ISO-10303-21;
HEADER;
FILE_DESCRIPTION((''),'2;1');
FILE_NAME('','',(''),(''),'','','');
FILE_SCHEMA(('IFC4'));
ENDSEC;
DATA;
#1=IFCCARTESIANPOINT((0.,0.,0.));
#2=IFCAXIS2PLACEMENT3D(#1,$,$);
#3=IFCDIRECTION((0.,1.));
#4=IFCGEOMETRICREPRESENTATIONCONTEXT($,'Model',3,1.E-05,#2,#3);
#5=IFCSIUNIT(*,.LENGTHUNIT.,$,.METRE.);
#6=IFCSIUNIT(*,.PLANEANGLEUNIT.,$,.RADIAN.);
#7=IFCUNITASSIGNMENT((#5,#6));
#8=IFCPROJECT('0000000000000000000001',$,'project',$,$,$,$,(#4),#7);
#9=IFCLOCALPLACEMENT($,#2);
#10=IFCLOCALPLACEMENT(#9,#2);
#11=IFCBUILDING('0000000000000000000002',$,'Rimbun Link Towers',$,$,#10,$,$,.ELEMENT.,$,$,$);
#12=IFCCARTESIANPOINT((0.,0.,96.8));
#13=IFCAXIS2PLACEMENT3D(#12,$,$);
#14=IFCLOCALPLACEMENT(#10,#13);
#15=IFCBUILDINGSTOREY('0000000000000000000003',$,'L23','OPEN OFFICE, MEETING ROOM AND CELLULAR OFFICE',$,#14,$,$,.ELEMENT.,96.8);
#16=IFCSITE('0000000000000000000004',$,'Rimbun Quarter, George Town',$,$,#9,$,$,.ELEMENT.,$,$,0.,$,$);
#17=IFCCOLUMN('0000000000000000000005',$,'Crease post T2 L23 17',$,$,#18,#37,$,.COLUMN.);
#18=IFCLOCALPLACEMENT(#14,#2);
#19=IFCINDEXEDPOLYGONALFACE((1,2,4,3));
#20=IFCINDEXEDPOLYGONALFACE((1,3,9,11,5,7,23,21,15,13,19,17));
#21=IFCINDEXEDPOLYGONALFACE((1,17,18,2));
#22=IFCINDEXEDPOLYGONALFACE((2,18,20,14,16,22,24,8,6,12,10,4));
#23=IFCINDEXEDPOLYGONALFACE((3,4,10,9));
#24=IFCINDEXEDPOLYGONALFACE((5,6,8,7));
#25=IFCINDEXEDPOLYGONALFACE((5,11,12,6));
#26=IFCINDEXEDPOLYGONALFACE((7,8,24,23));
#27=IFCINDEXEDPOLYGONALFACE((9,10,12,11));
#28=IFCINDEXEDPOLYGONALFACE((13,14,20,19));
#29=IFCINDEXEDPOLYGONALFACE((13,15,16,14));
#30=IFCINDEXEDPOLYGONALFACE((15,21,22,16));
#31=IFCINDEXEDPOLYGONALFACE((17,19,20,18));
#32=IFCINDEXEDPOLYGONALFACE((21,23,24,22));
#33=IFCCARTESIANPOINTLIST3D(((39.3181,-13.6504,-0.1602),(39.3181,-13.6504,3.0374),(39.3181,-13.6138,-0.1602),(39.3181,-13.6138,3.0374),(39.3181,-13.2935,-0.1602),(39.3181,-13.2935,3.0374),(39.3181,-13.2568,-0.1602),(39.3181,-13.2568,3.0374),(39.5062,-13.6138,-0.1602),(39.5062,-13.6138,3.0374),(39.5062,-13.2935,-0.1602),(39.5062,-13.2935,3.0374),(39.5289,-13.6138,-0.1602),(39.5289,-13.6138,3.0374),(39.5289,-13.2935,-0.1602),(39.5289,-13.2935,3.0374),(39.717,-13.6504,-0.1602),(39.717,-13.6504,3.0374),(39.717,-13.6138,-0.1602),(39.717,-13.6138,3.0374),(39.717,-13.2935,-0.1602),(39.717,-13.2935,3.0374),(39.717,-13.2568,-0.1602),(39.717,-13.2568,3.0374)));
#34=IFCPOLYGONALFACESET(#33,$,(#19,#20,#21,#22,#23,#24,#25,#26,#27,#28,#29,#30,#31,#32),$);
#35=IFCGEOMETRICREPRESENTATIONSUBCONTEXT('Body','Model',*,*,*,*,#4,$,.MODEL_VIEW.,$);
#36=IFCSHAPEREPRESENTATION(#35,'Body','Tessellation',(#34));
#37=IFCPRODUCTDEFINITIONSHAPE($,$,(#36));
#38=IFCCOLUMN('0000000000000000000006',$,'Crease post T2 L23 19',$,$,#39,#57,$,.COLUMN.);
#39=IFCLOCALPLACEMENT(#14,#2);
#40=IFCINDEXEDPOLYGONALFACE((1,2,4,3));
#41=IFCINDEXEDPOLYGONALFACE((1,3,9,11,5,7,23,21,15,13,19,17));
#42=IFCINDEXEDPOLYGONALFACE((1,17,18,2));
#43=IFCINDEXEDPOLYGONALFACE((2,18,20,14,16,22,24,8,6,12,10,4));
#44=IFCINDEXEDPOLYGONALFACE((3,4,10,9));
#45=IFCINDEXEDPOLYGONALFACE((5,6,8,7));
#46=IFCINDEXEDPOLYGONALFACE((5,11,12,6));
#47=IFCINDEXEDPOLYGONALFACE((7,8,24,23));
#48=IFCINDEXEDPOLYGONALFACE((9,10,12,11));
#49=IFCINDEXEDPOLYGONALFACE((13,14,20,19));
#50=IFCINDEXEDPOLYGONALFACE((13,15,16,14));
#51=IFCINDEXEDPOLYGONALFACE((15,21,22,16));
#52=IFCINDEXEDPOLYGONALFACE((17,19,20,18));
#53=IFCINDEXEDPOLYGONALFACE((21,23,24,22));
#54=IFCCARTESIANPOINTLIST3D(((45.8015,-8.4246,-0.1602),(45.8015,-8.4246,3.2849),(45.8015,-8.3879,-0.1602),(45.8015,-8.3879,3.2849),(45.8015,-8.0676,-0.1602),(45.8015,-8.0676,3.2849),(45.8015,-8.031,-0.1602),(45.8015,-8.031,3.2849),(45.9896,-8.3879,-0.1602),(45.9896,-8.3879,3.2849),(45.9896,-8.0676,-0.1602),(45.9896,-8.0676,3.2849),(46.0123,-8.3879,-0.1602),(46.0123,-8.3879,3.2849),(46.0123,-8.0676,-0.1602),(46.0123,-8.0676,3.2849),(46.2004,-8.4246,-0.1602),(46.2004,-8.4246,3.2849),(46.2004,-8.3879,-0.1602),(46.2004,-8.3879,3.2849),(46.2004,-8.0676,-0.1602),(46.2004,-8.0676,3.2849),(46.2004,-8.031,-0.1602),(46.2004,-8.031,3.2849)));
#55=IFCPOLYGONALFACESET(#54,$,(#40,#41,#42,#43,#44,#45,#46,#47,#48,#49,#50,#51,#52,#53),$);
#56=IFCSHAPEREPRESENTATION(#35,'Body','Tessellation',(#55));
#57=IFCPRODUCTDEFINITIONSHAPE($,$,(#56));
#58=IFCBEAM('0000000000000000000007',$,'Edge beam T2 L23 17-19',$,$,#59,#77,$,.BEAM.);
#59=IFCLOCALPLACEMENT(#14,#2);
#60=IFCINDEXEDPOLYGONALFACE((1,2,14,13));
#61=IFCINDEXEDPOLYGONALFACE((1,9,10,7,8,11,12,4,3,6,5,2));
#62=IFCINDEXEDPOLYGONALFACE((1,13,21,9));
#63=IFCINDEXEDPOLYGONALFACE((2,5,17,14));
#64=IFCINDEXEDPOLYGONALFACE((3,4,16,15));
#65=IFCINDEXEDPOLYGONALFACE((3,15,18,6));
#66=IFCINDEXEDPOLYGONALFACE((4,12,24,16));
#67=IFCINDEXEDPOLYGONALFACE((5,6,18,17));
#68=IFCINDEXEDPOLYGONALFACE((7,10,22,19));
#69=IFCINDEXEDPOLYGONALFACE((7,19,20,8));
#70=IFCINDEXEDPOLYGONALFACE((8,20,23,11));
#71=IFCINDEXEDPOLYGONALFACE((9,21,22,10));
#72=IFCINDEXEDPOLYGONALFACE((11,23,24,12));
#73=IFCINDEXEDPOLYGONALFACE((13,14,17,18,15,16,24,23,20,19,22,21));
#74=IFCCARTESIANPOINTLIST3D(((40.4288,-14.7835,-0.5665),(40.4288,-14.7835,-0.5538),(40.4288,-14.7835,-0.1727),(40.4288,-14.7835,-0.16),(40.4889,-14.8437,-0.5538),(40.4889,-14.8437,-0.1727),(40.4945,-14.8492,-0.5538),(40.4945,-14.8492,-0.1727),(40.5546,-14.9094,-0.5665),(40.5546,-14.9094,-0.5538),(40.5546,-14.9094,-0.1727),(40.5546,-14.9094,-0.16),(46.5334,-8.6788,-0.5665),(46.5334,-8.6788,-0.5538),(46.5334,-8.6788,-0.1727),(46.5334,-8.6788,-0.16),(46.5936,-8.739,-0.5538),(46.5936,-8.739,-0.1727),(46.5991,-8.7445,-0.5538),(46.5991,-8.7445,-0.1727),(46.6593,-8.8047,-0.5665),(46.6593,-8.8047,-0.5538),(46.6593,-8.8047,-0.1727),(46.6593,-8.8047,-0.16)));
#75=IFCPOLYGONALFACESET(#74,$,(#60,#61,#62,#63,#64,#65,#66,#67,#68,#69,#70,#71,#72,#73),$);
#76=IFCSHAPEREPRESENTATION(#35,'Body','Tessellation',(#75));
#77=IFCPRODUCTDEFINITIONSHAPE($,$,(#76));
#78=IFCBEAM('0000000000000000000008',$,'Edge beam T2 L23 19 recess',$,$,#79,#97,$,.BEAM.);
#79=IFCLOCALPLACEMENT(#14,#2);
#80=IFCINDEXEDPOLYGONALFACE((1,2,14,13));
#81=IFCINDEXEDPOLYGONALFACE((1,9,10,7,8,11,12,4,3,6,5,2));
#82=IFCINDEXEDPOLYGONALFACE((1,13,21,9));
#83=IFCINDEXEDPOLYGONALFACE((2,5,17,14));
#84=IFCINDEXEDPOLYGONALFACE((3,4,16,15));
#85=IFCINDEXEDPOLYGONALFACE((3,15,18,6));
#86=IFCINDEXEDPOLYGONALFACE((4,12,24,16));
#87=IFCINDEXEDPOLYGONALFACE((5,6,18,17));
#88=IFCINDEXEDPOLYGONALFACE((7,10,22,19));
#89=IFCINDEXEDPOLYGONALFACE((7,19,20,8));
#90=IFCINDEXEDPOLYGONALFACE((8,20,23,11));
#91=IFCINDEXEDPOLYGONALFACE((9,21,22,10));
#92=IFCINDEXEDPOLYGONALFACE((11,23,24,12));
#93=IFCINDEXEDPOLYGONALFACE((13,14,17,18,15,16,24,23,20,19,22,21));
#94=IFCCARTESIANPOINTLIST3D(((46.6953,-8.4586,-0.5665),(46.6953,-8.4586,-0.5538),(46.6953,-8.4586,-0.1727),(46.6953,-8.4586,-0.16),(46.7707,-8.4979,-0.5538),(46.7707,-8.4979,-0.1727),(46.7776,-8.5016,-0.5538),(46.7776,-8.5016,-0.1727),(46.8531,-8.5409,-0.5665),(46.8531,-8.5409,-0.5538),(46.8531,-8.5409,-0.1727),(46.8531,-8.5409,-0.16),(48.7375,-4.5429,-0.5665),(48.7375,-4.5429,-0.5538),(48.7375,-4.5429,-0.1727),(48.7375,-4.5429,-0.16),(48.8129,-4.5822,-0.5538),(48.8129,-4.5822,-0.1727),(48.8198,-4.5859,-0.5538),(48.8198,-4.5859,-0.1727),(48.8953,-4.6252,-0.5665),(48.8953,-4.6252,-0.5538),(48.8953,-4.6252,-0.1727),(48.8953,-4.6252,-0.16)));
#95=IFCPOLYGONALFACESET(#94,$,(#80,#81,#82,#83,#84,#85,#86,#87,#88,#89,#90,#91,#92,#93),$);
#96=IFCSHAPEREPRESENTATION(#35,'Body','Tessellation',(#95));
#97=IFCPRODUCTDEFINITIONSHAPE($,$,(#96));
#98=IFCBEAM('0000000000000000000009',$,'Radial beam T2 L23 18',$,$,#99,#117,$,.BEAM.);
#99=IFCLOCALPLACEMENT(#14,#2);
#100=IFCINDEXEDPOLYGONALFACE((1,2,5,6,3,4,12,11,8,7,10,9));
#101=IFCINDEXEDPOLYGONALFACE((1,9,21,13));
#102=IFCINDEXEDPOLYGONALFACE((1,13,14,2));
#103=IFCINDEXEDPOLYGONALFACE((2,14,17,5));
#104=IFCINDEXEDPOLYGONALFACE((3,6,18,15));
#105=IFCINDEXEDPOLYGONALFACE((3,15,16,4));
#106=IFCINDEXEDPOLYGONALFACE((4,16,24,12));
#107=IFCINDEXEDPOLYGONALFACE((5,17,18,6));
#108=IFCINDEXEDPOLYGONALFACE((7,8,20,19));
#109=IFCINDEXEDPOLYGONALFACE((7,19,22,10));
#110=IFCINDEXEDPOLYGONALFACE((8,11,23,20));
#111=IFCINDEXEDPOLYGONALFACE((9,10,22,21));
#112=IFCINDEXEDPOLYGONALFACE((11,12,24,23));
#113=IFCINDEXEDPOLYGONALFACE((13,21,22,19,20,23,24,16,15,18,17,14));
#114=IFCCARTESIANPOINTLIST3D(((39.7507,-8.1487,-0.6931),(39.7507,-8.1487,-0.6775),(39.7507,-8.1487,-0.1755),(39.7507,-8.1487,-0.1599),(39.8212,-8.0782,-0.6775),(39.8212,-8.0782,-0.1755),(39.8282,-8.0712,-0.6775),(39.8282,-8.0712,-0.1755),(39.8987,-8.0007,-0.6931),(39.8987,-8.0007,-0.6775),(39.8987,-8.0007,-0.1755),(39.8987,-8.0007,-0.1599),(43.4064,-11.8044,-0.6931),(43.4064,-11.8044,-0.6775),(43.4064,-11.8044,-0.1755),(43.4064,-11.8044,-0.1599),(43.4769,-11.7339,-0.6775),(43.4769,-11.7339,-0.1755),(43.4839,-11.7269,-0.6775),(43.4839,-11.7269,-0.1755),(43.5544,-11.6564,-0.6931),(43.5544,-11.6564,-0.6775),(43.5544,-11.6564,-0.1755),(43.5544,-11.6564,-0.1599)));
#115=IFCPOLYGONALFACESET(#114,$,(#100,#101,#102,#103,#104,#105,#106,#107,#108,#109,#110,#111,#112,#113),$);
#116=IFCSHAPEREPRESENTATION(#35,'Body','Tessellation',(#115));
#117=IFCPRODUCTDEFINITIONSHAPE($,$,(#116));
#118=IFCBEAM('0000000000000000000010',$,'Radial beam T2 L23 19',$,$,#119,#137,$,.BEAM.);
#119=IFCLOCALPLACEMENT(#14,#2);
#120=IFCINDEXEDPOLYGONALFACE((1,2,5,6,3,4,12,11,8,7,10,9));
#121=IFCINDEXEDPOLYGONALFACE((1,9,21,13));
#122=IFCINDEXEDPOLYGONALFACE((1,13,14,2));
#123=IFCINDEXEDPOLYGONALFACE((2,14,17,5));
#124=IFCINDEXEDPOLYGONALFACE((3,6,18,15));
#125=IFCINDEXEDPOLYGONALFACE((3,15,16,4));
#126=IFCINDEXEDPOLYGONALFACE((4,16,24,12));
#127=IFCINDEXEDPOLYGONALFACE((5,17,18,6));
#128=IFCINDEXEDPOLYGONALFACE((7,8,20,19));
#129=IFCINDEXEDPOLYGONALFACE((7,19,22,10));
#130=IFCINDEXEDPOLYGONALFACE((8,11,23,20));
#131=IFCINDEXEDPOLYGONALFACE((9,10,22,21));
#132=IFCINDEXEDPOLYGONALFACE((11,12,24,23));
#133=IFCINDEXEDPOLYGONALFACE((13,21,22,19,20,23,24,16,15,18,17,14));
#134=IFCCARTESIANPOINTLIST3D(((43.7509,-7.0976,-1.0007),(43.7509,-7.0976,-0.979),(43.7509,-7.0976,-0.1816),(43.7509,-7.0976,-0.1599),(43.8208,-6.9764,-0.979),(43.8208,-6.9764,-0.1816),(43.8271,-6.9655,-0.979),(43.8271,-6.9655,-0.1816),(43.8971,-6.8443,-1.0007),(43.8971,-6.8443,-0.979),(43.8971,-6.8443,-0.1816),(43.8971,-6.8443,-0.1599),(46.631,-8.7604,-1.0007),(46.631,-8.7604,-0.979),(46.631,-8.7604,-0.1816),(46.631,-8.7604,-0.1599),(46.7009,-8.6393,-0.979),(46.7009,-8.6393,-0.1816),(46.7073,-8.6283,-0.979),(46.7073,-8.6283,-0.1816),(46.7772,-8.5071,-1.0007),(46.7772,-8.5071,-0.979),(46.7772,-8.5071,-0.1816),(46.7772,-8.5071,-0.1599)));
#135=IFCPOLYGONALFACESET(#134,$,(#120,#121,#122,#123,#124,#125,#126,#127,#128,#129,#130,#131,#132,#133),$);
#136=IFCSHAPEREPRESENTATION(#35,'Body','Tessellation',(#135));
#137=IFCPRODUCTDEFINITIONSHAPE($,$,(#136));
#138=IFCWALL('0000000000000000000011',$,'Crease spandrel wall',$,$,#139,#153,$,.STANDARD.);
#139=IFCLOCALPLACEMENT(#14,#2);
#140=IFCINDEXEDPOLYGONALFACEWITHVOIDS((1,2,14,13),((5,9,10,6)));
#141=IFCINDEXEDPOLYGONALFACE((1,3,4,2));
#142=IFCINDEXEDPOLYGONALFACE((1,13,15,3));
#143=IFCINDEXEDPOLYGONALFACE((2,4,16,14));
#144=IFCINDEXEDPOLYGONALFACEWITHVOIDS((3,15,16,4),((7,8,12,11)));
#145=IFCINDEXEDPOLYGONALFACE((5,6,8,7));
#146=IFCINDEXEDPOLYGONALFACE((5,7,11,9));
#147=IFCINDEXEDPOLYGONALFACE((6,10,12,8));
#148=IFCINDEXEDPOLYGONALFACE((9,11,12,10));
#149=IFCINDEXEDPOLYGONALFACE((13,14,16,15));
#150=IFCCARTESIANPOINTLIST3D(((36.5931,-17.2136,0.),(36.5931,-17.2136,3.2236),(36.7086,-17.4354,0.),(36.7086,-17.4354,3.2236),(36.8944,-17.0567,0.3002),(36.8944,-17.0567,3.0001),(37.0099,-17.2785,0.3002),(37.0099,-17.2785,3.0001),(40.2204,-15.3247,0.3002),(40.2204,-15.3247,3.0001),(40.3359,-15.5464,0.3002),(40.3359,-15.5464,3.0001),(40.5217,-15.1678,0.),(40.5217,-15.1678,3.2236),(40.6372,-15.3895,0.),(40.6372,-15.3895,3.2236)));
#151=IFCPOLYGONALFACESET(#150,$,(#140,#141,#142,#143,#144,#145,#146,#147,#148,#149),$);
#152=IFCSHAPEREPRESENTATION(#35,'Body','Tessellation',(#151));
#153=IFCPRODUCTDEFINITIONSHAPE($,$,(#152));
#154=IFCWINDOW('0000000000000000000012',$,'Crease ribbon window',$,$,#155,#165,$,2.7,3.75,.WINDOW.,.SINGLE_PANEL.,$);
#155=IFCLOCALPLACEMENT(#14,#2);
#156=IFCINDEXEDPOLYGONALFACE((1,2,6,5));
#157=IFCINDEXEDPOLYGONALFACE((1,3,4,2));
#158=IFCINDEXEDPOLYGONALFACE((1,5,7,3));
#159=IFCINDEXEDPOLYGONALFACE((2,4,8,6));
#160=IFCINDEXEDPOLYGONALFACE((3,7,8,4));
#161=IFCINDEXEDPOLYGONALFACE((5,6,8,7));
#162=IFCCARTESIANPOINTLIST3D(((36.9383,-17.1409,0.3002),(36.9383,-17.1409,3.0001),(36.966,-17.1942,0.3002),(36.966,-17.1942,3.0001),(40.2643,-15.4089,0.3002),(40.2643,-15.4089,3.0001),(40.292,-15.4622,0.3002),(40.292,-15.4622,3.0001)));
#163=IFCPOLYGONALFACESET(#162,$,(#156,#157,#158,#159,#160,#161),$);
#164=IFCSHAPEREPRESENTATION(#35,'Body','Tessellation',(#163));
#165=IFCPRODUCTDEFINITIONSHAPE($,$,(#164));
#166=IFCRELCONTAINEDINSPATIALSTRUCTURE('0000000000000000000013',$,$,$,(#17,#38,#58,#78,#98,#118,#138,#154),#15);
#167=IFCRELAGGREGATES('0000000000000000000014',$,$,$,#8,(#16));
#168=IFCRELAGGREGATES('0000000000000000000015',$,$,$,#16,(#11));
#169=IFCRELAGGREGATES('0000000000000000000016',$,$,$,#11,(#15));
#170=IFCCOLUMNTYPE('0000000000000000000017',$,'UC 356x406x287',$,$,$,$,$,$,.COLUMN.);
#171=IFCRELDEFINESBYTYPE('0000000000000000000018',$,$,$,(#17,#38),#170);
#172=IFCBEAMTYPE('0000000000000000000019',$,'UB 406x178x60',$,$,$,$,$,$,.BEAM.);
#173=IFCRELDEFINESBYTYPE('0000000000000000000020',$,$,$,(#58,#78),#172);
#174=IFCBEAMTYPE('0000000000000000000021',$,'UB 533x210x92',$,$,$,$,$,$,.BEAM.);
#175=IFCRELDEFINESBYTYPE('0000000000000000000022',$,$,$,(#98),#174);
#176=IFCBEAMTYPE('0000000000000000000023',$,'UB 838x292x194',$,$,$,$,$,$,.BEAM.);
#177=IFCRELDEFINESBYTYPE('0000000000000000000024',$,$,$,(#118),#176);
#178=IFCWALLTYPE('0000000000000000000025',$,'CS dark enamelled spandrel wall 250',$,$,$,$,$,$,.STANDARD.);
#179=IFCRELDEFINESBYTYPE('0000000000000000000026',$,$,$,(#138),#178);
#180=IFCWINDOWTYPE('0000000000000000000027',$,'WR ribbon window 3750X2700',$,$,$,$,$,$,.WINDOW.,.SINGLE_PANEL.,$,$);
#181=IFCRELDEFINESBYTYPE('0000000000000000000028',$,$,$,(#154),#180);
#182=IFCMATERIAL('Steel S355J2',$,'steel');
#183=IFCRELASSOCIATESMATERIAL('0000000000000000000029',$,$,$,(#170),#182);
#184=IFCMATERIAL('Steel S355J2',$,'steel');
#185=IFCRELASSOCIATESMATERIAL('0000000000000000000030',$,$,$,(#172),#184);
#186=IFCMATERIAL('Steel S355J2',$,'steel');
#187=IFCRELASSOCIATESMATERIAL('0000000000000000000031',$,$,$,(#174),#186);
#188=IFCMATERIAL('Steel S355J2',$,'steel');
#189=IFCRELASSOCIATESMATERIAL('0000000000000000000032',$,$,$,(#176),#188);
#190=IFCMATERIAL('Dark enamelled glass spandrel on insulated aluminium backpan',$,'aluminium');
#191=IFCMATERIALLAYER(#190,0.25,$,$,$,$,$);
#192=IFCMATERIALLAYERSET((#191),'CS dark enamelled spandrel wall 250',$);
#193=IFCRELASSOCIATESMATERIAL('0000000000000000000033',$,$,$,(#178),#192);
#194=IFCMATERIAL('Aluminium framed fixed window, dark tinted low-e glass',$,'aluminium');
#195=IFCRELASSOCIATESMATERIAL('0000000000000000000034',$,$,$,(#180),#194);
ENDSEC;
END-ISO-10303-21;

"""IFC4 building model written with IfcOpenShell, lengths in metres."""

from ifc_helpers import new_model, si_unit, direction, frame, frame_2d, origin, origin_2d, place, context, subcontext, project, spatial, rectangle, i_section, extrude, material, layer, layer_set, material_profile, profile_set, type_object, element, fill, save


model = new_model("IFC4")

# Units and contexts
model_context = context("Model", 3, precision=1e-05, world=origin(), true_north=direction((0.0, 1.0)))
body_context = subcontext(model_context, "Body", "Model", "MODEL_VIEW")
ifc_project = project(units=[si_unit("LENGTHUNIT", "METRE"), si_unit("PLANEANGLEUNIT", "RADIAN")], contexts=[model_context])

# Site, building, storey
site_placement = place(None, origin())
site = spatial("IfcSite", under=ifc_project, at=site_placement, Name="Rimbun Quarter, George Town", CompositionType="ELEMENT", RefElevation=0.0)
building_placement = place(site_placement, origin())
building = spatial("IfcBuilding", under=site, at=building_placement, Name="Rimbun Link Towers", CompositionType="ELEMENT")
storey_placement = place(building_placement, frame((0.0, 0.0, 96.8)))
storey = spatial("IfcBuildingStorey", under=building, at=storey_placement, Name="L23", Description="OPEN OFFICE, MEETING ROOM AND CELLULAR OFFICE", CompositionType="ELEMENT", Elevation=96.8)

# Columns
ifc_material_1 = material(Name="Steel S355J2", Category="steel")
ifc_material_profile_1 = material_profile(ifc_material_1, i_section(OverallWidth=0.3989, OverallDepth=0.3936, WebThickness=0.0227, FlangeThickness=0.0366, at=origin_2d()), Name="UC 356x406x287")
ifc_profile_set_1 = profile_set([ifc_material_profile_1], Name="Steel S355J2")
column_type = type_object("IfcColumnType", Name="UC 356x406x287", PredefinedType="COLUMN", material=ifc_profile_set_1)
column_1_placement = place(storey_placement, frame((39.5176, -13.4536, -0.1602), z_axis=(0.0, 0.0, 1.0), x_axis=(1.0, 0.0, 0.0)))
element("IfcColumn", 1, at=column_1_placement, inside=storey, type_object=column_type, Name="Crease post T2 L23 17", PredefinedType="COLUMN", context=body_context, shape_type="SweptSolid", body=[
    extrude(i_section(OverallWidth=0.3989, OverallDepth=0.3936, WebThickness=0.0227, FlangeThickness=0.0366, at=origin_2d()), origin(), (0.0, 0.0, 1.0), 3.1975),
])
column_2_placement = place(storey_placement, frame((46.001, -8.2278, -0.1602), z_axis=(0.0, 0.0, 1.0), x_axis=(1.0, 0.0, 0.0)))
element("IfcColumn", 2, at=column_2_placement, inside=storey, type_object=column_type, Name="Crease post T2 L23 19", PredefinedType="COLUMN", context=body_context, shape_type="SweptSolid", body=[
    extrude(i_section(OverallWidth=0.3989, OverallDepth=0.3936, WebThickness=0.0227, FlangeThickness=0.0366, at=origin_2d()), origin(), (0.0, 0.0, 1.0), 3.4451),
])

# Beams
ifc_material_2 = material(Name="Steel S355J2", Category="steel")
ifc_material_profile_2 = material_profile(ifc_material_2, i_section(OverallWidth=0.178, OverallDepth=0.4065, WebThickness=0.0078, FlangeThickness=0.0127, at=origin_2d()), Name="UB 406x178x60")
ifc_profile_set_2 = profile_set([ifc_material_profile_2], Name="Steel S355J2")
beam_type_1 = type_object("IfcBeamType", Name="UB 406x178x60", PredefinedType="BEAM", material=ifc_profile_set_2)
beam_1_placement = place(storey_placement, frame((40.4917, -14.8464, -0.3633), z_axis=(0.707107, 0.707107, 0.0), x_axis=(-0.707107, 0.707107, 0.0)))
element("IfcBeam", 3, at=beam_1_placement, inside=storey, type_object=beam_type_1, Name="Edge beam T2 L23 17-19", PredefinedType="BEAM", context=body_context, shape_type="SweptSolid", body=[
    extrude(i_section(OverallWidth=0.178, OverallDepth=0.4065, WebThickness=0.0078, FlangeThickness=0.0127, at=origin_2d()), origin(), (0.0, 0.0, 1.0), 8.6333),
])
beam_2_placement = place(storey_placement, frame((46.7742, -8.4998, -0.3633), z_axis=(0.462428, 0.886657, 0.0), x_axis=(-0.886657, 0.462428, 0.0)))
element("IfcBeam", 4, at=beam_2_placement, inside=storey, type_object=beam_type_1, Name="Edge beam T2 L23 19 recess", PredefinedType="BEAM", context=body_context, shape_type="SweptSolid", body=[
    extrude(i_section(OverallWidth=0.178, OverallDepth=0.4065, WebThickness=0.0078, FlangeThickness=0.0127, at=origin_2d()), origin(), (0.0, 0.0, 1.0), 4.4163),
])
ifc_material_3 = material(Name="Steel S355J2", Category="steel")
ifc_material_profile_3 = material_profile(ifc_material_3, i_section(OverallWidth=0.2092, OverallDepth=0.5332, WebThickness=0.01, FlangeThickness=0.0156, at=origin_2d()), Name="UB 533x210x92")
ifc_profile_set_3 = profile_set([ifc_material_profile_3], Name="Steel S355J2")
beam_type_2 = type_object("IfcBeamType", Name="UB 533x210x92", PredefinedType="BEAM", material=ifc_profile_set_3)
beam_3_placement = place(storey_placement, frame((39.8247, -8.0747, -0.4265), z_axis=(0.707107, -0.707107, 0.0), x_axis=(0.707107, 0.707107, 0.0)))
element("IfcBeam", 5, at=beam_3_placement, inside=storey, type_object=beam_type_2, Name="Radial beam T2 L23 18", PredefinedType="BEAM", context=body_context, shape_type="SweptSolid", body=[
    extrude(i_section(OverallWidth=0.2092, OverallDepth=0.5332, WebThickness=0.01, FlangeThickness=0.0156, at=origin_2d()), origin(), (0.0, 0.0, 1.0), 5.1699),
])
ifc_material_4 = material(Name="Steel S355J2", Category="steel")
ifc_material_profile_4 = material_profile(ifc_material_4, i_section(OverallWidth=0.2925, OverallDepth=0.8408, WebThickness=0.0127, FlangeThickness=0.0217, at=origin_2d()), Name="UB 838x292x194")
ifc_profile_set_4 = profile_set([ifc_material_profile_4], Name="Steel S355J2")
beam_type_3 = type_object("IfcBeamType", Name="UB 838x292x194", PredefinedType="BEAM", material=ifc_profile_set_4)
beam_4_placement = place(storey_placement, frame((43.824, -6.9709, -0.5803), z_axis=(0.866025, -0.5, 0.0), x_axis=(0.5, 0.866025, 0.0)))
element("IfcBeam", 6, at=beam_4_placement, inside=storey, type_object=beam_type_3, Name="Radial beam T2 L23 19", PredefinedType="BEAM", context=body_context, shape_type="SweptSolid", body=[
    extrude(i_section(OverallWidth=0.2925, OverallDepth=0.8408, WebThickness=0.0127, FlangeThickness=0.0217, at=origin_2d()), origin(), (0.0, 0.0, 1.0), 3.3257),
])

# Wall, opening, window
ifc_material_5 = material(Name="Dark enamelled glass spandrel on insulated aluminium backpan", Category="aluminium")
ifc_layer_1 = layer(ifc_material_5, 0.25)
ifc_layer_set_1 = layer_set([ifc_layer_1], Name="CS dark enamelled spandrel wall 250")
wall_type_1 = type_object("IfcWallType", Name="CS dark enamelled spandrel wall 250", PredefinedType="STANDARD", material=ifc_layer_set_1)
wall_1_placement = place(storey_placement, frame((40.5796, -15.2786, 0.0), z_axis=(0.0, 0.0, 1.0), x_axis=(-0.886942, -0.46188, 0.0)))
wall_1 = element("IfcWall", 7, at=wall_1_placement, inside=storey, type_object=wall_type_1, Name="Crease spandrel wall", PredefinedType="STANDARD", context=body_context, shape_type="SweptSolid", body=[
    extrude(rectangle(XDim=4.4294, YDim=0.25, at=frame_2d((2.2148, 0.0))), origin(), (0.0, 0.0, 1.0), 3.2236),
])
opening_1_placement = place(wall_1_placement, frame((0.3398, 0.0, 0.3)))
opening_1 = element("IfcOpeningElement", 8, at=opening_1_placement, cuts=wall_1, PredefinedType="OPENING", context=body_context, shape_type="SweptSolid", body=[
    extrude(rectangle(XDim=3.75, YDim=2.7, at=frame_2d((1.875, 1.3501))), frame((0.0, 0.135, 0.0), z_axis=(0.0, -1.0, 0.0), x_axis=(1.0, 0.0, 0.0)), (0.0, 0.0, 1.0), 0.27),
])
ifc_material_6 = material(Name="Aluminium framed fixed window, dark tinted low-e glass", Category="aluminium")
window_type_1 = type_object("IfcWindowType", Name="WR ribbon window 3750X2700", PartitioningType="SINGLE_PANEL", PredefinedType="WINDOW", material=ifc_material_6)
window_1_placement = place(opening_1_placement, origin())
window_1 = element("IfcWindow", 9, at=window_1_placement, inside=storey, type_object=window_type_1, Name="Crease ribbon window", OverallHeight=2.7, OverallWidth=3.75, PartitioningType="SINGLE_PANEL", PredefinedType="WINDOW", context=body_context, shape_type="SweptSolid", body=[
    extrude(rectangle(XDim=3.75, YDim=2.7, at=frame_2d((1.875, 1.3501))), frame((0.0, 0.03, 0.0), z_axis=(0.0, -1.0, 0.0), x_axis=(1.0, 0.0, 0.0)), (0.0, 0.0, 1.0), 0.0601),
])
fill(opening_1, window_1)

save(model, "model.ifc")
